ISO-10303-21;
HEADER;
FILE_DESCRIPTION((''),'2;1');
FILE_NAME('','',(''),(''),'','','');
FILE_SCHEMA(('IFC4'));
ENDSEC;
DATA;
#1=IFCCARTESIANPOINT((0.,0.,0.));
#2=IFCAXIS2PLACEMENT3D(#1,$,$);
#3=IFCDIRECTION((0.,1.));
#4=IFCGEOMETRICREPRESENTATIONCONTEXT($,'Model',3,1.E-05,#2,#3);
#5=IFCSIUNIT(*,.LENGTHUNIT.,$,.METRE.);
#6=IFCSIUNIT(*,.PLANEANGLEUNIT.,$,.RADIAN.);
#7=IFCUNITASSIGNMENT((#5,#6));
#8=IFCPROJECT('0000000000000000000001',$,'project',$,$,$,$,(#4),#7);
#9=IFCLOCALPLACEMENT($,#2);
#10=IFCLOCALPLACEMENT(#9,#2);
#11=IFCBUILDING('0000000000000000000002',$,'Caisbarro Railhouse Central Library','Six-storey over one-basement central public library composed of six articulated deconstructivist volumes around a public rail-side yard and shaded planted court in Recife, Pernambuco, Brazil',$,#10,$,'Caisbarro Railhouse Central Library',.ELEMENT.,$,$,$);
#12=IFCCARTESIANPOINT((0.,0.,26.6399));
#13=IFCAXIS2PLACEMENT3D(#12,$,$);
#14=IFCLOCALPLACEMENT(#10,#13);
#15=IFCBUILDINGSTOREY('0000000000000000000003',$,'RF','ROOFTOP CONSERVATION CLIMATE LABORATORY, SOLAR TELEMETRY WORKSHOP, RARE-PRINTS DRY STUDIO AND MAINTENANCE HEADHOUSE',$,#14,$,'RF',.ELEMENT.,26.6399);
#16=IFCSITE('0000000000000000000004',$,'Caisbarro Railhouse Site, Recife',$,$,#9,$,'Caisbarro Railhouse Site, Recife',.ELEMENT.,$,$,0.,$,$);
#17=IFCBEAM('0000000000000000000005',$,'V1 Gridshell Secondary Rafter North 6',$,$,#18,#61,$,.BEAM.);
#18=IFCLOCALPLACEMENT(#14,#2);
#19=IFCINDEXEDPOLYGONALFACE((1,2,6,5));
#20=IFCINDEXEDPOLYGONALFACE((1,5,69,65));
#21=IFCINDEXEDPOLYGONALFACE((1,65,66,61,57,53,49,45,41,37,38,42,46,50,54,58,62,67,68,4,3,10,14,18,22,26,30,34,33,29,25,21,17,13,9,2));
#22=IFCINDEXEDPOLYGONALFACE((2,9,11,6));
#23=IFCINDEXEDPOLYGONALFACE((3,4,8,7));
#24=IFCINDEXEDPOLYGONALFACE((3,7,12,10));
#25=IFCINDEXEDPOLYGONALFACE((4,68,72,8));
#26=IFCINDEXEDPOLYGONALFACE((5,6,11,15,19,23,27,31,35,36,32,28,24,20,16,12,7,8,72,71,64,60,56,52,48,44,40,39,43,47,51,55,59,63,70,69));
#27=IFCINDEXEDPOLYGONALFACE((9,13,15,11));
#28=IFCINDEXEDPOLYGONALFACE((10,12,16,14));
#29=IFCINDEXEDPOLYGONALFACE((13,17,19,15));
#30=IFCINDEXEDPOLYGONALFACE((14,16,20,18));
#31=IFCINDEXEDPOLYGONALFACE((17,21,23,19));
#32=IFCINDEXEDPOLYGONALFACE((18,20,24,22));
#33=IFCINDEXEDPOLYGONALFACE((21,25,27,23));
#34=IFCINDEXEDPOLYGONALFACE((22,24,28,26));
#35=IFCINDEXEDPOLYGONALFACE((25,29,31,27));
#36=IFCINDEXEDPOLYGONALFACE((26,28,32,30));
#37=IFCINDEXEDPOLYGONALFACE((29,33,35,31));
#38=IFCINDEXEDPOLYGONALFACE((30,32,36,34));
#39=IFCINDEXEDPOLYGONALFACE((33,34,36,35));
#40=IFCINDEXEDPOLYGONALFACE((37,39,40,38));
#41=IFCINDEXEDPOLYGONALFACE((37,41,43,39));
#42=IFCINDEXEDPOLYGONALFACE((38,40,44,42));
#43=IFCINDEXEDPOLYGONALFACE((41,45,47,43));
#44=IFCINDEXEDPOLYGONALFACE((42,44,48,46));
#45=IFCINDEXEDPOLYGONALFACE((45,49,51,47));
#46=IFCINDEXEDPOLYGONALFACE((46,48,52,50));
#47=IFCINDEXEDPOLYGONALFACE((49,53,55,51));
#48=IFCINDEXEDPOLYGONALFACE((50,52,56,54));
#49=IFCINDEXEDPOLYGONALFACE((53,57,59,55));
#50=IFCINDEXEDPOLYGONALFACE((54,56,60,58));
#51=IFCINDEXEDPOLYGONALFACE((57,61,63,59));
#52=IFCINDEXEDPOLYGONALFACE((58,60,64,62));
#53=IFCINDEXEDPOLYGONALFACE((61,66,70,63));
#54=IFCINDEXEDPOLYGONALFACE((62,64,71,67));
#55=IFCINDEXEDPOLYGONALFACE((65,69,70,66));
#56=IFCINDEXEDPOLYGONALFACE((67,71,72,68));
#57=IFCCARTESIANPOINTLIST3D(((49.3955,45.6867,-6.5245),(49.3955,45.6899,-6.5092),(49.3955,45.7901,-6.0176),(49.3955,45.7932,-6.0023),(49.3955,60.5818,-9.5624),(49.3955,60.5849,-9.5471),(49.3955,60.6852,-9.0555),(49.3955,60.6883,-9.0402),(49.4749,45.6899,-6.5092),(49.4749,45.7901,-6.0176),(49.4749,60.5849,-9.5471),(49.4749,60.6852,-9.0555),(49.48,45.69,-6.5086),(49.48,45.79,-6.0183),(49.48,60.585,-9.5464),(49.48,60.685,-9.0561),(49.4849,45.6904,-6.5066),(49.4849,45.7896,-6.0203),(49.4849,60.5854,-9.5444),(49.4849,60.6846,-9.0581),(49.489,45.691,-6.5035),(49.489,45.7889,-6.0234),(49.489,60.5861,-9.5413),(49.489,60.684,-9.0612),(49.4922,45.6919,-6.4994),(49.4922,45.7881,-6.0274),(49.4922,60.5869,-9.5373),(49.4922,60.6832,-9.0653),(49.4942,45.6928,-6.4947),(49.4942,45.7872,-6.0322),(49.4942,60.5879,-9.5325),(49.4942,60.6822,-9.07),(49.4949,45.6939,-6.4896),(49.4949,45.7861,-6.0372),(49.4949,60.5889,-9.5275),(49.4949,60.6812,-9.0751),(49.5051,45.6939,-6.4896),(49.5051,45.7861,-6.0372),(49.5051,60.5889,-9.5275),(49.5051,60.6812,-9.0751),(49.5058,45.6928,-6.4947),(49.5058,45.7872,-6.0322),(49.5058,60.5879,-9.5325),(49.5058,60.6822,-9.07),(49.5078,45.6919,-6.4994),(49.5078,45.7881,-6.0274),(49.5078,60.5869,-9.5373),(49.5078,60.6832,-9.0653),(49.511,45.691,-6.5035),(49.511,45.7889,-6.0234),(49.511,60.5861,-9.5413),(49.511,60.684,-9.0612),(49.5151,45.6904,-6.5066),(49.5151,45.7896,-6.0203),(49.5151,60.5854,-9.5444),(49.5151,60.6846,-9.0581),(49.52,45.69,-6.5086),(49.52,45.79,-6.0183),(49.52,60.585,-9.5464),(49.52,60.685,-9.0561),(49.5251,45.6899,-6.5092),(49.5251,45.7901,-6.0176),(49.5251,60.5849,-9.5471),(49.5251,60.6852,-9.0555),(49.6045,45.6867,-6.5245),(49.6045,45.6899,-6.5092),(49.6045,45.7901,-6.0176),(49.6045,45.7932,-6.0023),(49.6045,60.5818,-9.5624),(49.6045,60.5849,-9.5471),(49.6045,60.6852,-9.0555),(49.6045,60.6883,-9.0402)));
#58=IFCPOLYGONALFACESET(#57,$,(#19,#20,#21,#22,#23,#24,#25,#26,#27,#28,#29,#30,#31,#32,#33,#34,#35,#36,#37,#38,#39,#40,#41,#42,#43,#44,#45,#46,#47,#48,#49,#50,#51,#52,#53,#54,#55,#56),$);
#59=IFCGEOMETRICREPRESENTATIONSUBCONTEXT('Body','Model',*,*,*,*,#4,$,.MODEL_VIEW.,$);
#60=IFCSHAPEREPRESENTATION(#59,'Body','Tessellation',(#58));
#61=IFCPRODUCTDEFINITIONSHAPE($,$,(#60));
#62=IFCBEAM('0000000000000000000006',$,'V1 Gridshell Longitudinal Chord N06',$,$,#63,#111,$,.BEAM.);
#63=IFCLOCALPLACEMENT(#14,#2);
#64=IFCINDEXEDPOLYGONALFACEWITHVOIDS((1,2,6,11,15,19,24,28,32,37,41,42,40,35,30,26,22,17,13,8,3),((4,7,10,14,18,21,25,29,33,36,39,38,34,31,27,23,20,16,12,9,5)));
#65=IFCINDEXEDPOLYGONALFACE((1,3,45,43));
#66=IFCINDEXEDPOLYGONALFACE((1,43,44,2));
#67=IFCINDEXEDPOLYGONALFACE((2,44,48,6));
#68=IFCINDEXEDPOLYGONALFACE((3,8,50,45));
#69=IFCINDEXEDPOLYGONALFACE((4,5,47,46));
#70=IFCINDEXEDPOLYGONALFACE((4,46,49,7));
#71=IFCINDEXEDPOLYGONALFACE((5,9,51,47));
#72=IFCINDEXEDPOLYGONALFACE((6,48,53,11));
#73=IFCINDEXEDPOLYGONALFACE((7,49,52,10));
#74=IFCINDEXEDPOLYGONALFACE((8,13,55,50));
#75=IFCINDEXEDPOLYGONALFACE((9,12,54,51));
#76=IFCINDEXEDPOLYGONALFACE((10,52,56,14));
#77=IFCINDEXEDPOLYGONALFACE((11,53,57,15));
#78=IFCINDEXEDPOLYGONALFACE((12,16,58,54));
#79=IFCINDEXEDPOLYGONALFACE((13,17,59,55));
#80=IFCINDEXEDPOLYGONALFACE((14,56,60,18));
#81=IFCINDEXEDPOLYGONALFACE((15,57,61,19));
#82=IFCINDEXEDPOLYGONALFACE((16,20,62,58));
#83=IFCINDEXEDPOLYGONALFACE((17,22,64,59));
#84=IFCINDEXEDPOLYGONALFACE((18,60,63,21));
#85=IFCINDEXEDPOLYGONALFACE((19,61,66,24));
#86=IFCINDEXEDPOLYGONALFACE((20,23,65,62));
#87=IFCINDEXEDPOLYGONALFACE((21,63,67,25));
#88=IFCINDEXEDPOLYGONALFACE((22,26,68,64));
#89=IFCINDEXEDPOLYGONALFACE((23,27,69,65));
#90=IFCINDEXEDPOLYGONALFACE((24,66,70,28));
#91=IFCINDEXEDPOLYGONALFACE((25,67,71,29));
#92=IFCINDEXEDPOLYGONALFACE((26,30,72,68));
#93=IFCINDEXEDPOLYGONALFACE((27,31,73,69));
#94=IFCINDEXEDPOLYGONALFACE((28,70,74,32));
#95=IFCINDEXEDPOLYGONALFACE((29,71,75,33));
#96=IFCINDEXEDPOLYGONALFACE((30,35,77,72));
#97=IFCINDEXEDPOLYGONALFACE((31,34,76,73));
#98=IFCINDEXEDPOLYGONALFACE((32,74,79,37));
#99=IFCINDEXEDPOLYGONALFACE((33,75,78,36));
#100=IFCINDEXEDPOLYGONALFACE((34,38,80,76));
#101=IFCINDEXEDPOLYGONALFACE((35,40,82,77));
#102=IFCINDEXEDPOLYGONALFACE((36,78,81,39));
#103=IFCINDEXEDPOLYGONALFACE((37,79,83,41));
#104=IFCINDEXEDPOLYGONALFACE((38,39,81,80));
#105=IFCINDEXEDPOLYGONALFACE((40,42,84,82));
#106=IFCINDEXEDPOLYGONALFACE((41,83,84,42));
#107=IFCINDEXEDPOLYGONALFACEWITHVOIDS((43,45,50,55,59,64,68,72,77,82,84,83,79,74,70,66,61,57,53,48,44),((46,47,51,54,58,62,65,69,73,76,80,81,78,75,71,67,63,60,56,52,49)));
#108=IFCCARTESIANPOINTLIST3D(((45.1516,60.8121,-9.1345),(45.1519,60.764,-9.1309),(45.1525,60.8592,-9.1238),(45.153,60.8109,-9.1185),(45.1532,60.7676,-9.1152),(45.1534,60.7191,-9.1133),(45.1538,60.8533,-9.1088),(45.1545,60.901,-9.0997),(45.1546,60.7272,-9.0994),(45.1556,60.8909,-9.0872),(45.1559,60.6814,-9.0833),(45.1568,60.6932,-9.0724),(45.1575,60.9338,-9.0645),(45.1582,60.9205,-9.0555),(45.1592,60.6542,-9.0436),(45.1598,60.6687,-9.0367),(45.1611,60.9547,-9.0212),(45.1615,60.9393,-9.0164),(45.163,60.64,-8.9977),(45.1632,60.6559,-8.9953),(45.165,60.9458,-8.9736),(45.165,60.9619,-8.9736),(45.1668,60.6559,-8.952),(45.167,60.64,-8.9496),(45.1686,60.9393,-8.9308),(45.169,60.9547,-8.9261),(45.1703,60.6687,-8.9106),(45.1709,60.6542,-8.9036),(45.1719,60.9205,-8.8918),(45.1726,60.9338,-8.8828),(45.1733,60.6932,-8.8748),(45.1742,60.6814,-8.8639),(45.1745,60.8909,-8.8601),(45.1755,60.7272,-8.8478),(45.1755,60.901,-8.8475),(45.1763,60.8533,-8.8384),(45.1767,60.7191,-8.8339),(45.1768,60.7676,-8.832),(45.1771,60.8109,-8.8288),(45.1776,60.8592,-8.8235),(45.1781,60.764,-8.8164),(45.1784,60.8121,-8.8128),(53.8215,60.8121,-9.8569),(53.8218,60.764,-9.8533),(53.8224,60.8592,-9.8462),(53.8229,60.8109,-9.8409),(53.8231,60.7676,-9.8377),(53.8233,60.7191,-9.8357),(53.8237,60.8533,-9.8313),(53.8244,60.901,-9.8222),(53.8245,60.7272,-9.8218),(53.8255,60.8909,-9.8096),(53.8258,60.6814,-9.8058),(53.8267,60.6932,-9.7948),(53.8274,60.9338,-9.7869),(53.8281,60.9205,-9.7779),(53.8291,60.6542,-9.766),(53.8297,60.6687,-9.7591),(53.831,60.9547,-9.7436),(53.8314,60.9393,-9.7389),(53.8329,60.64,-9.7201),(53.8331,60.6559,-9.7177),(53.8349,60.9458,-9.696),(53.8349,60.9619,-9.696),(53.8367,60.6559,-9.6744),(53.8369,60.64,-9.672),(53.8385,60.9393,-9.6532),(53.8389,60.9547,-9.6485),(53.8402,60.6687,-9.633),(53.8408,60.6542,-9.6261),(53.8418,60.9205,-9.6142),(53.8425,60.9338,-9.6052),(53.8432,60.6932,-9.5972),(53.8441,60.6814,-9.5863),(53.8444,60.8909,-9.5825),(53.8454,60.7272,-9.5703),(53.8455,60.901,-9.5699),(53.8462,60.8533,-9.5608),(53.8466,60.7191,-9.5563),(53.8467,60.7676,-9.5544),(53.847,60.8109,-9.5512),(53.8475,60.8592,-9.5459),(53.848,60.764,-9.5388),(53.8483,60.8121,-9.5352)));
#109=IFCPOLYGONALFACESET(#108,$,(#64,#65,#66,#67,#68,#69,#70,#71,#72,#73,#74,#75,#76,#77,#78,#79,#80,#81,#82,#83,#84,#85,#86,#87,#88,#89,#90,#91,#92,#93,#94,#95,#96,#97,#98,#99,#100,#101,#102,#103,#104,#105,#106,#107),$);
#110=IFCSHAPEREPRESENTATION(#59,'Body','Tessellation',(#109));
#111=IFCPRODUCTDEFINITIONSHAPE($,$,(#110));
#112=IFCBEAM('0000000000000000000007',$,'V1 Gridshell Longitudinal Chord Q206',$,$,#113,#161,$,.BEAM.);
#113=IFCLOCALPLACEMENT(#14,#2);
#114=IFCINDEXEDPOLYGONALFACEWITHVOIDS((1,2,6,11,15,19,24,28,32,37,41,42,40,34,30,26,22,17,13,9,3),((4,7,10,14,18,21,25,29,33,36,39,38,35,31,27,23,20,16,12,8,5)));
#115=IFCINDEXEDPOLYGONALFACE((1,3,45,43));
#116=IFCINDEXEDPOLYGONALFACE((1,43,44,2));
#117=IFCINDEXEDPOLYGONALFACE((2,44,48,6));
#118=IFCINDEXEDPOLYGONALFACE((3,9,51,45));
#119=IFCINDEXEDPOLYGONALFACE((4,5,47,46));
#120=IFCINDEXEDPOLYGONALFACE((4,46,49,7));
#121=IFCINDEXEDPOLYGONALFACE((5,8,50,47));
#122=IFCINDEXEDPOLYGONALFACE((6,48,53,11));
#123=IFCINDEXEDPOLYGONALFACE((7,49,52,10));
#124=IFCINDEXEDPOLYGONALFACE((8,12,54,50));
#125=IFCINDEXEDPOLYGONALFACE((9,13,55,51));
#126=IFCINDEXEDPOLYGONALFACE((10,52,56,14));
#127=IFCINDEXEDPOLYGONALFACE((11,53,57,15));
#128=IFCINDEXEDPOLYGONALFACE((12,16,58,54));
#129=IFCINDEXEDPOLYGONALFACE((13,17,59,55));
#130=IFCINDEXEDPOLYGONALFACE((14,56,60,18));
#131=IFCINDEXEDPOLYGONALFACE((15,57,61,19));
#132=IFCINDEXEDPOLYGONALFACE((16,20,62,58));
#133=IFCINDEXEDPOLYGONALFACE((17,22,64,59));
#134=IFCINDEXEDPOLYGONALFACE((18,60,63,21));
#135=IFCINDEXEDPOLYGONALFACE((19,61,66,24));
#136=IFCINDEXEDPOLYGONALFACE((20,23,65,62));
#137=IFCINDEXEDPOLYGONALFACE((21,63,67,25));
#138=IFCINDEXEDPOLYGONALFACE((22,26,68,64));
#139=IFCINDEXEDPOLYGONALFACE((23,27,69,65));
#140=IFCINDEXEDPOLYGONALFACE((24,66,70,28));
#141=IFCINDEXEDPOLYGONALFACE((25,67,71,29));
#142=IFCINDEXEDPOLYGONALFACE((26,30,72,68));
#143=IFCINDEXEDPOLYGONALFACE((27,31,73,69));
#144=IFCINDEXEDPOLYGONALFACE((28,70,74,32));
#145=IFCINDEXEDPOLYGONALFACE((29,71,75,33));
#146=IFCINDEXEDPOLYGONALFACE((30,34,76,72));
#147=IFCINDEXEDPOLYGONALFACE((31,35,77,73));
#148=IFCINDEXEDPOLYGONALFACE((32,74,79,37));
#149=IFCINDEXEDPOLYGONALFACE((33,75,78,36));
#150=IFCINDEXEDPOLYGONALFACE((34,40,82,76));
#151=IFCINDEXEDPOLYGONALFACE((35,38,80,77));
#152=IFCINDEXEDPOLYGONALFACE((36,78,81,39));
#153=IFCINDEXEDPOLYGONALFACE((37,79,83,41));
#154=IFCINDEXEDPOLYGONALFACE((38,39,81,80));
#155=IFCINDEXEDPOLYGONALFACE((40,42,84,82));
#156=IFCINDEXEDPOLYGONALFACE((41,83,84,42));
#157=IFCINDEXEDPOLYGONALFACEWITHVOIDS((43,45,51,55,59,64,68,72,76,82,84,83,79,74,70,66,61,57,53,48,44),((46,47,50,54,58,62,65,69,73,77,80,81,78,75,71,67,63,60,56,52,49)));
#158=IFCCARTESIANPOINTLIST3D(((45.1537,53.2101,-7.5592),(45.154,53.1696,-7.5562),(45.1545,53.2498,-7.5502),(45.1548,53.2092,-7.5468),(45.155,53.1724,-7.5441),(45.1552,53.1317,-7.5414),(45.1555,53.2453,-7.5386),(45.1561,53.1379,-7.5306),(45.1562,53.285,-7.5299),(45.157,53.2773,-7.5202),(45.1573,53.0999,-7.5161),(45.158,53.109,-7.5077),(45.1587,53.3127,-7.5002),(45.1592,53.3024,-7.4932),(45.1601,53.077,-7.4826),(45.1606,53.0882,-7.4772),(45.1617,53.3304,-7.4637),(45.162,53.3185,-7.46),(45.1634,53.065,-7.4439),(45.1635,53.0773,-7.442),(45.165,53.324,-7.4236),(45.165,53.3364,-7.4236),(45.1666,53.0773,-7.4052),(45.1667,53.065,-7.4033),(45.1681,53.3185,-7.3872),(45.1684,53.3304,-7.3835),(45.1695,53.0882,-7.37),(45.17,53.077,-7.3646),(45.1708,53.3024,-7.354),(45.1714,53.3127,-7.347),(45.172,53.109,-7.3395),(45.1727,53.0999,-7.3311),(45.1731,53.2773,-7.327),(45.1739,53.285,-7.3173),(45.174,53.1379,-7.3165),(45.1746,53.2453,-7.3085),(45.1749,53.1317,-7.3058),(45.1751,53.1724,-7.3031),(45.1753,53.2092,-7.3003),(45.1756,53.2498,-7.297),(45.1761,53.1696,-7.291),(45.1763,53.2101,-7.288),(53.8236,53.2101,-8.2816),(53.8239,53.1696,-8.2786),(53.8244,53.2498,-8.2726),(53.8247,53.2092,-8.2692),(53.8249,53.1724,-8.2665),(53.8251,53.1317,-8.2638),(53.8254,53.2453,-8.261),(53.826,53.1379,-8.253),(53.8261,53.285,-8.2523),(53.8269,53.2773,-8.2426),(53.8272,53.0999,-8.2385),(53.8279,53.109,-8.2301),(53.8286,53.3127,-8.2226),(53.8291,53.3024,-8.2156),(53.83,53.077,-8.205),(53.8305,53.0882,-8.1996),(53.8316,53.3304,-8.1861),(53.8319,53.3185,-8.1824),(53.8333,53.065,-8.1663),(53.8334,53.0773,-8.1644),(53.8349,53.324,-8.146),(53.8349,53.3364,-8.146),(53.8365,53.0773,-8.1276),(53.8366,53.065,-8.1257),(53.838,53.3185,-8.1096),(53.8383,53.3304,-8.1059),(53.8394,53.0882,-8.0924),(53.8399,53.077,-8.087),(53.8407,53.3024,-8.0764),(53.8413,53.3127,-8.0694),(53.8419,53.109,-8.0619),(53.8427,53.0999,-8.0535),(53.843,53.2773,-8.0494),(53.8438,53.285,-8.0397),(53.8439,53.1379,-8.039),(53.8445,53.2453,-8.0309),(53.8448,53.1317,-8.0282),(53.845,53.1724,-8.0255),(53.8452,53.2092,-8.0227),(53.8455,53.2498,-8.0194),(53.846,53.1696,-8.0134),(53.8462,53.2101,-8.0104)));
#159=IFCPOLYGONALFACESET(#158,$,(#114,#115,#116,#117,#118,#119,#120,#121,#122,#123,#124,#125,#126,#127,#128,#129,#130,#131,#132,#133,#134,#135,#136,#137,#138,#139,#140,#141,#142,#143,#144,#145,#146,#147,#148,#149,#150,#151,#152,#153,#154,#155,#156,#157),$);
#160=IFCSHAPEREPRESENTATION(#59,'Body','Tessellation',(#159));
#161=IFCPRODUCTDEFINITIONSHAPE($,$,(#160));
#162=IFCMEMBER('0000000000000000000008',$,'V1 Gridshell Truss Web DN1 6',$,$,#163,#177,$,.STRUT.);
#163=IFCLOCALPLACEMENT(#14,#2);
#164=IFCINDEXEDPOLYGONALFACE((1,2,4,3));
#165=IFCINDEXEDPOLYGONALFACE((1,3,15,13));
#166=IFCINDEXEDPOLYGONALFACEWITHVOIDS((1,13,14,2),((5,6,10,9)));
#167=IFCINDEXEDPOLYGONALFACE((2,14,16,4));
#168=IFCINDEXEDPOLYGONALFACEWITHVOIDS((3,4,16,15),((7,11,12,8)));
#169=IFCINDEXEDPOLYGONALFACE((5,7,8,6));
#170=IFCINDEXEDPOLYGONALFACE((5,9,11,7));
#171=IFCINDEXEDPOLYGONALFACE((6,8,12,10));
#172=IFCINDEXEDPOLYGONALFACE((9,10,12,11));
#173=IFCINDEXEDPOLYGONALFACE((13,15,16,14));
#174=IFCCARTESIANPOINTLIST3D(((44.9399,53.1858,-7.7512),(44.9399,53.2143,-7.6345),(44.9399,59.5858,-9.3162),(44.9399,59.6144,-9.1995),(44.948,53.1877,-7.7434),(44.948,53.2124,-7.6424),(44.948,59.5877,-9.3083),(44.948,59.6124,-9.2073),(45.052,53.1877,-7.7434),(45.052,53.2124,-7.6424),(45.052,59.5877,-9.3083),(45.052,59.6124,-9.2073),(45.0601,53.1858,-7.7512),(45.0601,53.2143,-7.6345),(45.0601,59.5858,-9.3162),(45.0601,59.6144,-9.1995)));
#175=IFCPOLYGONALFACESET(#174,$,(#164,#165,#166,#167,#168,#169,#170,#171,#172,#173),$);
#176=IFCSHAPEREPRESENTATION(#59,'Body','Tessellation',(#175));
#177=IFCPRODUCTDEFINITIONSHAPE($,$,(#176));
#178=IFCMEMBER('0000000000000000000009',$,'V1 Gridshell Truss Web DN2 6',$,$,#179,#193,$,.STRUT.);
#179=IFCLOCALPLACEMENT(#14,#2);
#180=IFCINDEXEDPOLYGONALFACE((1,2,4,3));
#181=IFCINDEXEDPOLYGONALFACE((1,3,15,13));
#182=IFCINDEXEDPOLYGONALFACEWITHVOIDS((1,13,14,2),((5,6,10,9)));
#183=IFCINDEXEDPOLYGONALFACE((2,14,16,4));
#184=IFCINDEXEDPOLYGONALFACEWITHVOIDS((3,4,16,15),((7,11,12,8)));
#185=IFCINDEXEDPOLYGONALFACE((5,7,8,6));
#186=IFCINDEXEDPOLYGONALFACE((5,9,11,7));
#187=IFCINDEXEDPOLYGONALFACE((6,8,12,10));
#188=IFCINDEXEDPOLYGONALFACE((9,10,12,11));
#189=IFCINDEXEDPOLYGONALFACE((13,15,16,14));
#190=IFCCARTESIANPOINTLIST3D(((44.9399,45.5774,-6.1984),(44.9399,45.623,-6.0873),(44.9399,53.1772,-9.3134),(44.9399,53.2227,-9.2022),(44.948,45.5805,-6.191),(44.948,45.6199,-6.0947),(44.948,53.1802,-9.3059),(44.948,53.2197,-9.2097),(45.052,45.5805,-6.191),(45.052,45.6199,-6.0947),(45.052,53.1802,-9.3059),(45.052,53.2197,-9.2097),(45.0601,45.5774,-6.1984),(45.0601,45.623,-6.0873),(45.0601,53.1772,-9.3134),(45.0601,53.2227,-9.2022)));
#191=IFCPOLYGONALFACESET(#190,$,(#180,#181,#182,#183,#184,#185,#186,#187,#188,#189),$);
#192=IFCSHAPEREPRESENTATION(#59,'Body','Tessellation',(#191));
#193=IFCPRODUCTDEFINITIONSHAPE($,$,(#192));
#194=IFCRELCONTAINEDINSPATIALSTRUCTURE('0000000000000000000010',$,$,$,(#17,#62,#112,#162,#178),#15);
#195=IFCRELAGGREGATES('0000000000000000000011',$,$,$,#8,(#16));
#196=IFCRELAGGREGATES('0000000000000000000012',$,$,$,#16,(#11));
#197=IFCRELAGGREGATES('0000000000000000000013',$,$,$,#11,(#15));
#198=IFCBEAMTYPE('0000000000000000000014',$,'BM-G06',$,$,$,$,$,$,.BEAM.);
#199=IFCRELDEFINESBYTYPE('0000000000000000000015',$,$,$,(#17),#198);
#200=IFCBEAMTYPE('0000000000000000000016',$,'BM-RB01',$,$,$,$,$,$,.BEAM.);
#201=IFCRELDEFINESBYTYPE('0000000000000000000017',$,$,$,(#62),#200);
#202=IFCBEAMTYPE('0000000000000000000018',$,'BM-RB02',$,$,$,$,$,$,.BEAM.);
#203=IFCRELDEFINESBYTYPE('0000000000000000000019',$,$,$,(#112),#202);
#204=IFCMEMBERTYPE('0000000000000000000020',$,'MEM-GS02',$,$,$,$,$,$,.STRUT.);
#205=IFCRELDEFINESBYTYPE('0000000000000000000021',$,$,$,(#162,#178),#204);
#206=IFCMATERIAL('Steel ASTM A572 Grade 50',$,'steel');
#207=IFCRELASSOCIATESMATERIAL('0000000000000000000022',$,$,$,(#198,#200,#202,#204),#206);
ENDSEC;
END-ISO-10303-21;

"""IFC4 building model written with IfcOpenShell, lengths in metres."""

from ifc_helpers import new_model, si_unit, direction, frame, origin, origin_2d, place, context, subcontext, project, spatial, hollow_rectangle, hollow_circle, i_section, extrude, material, material_profile, profile_set, type_object, element, save


model = new_model("IFC4")

# Units and contexts
model_context = context("Model", 3, precision=1e-05, world=origin(), true_north=direction((0.0, 1.0)))
body_context = subcontext(model_context, "Body", "Model", "MODEL_VIEW")
ifc_project = project(units=[si_unit("LENGTHUNIT", "METRE"), si_unit("PLANEANGLEUNIT", "RADIAN")], contexts=[model_context])

# Site, building, storey
site_placement = place(None, origin())
site = spatial("IfcSite", under=ifc_project, at=site_placement, Name="Caisbarro Railhouse Site, Recife", LongName="Caisbarro Railhouse Site, Recife", CompositionType="ELEMENT", RefElevation=0.0)
building_placement = place(site_placement, origin())
building = spatial("IfcBuilding", under=site, at=building_placement, Name="Caisbarro Railhouse Central Library", Description="Six-storey over one-basement central public library composed of six articulated deconstructivist volumes around a public rail-side yard and shaded planted court in Recife, Pernambuco, Brazil", LongName="Caisbarro Railhouse Central Library", CompositionType="ELEMENT")
storey_placement = place(building_placement, frame((0.0, 0.0, 26.6399)))
storey = spatial("IfcBuildingStorey", under=building, at=storey_placement, Name="RF", Description="ROOFTOP CONSERVATION CLIMATE LABORATORY, SOLAR TELEMETRY WORKSHOP, RARE-PRINTS DRY STUDIO AND MAINTENANCE HEADHOUSE", LongName="RF", CompositionType="ELEMENT", Elevation=26.6399)

# Beams
ifc_material = material(Name="Steel ASTM A572 Grade 50", Category="steel")
ifc_material_profile_1 = material_profile(ifc_material, i_section(OverallWidth=0.209, OverallDepth=0.533, WebThickness=0.0103, FlangeThickness=0.0156, FilletRadius=0.02, at=origin_2d()), Name="W530X92.0")
ifc_profile_set_1 = profile_set([ifc_material_profile_1], Name="Steel ASTM A572 Grade 50")
beam_type_1 = type_object("IfcBeamType", Name="BM-G06", PredefinedType="BEAM", material=ifc_profile_set_1)
beam_1_placement = place(storey_placement, frame((49.5, 45.74, -6.2634), z_axis=(0.0, 0.979829, -0.199836), x_axis=(-1.0, 0.0, 0.0)))
element("IfcBeam", 1, at=beam_1_placement, inside=storey, type_object=beam_type_1, Name="V1 Gridshell Secondary Rafter North 6", PredefinedType="BEAM", context=body_context, shape_type="SweptSolid", body=[
    extrude(i_section(OverallWidth=0.209, OverallDepth=0.533, WebThickness=0.0103, FlangeThickness=0.0156, FilletRadius=0.02, at=origin_2d()), origin(), (0.0, 0.0, 1.0), 15.2017),
])
ifc_material_profile_2 = material_profile(ifc_material, hollow_circle(Radius=0.1619, WallThickness=0.0161, at=origin_2d()), Name="CHS323.9X16.0")
ifc_profile_set_2 = profile_set([ifc_material_profile_2], Name="Steel ASTM A572 Grade 50")
beam_type_2 = type_object("IfcBeamType", Name="BM-RB01", PredefinedType="BEAM", material=ifc_profile_set_2)
beam_2_placement = place(storey_placement, frame((45.165, 60.8, -8.9736), z_axis=(0.996547, 0.0, -0.083036), x_axis=(0.0, 1.0, 0.0)))
element("IfcBeam", 2, at=beam_2_placement, inside=storey, type_object=beam_type_2, Name="V1 Gridshell Longitudinal Chord N06", PredefinedType="BEAM", context=body_context, shape_type="SweptSolid", body=[
    extrude(hollow_circle(Radius=0.1619, WallThickness=0.0161, at=origin_2d()), origin(), (0.0, 0.0, 1.0), 8.7),
])
ifc_material_profile_3 = material_profile(ifc_material, hollow_circle(Radius=0.1365, WallThickness=0.0125, at=origin_2d()), Name="CHS273.0X12.5")
ifc_profile_set_3 = profile_set([ifc_material_profile_3], Name="Steel ASTM A572 Grade 50")
beam_type_3 = type_object("IfcBeamType", Name="BM-RB02", PredefinedType="BEAM", material=ifc_profile_set_3)
beam_3_placement = place(storey_placement, frame((45.165, 53.2, -7.4236), z_axis=(0.996547, 0.0, -0.083036), x_axis=(0.0, 1.0, 0.0)))
element("IfcBeam", 3, at=beam_3_placement, inside=storey, type_object=beam_type_3, Name="V1 Gridshell Longitudinal Chord Q206", PredefinedType="BEAM", context=body_context, shape_type="SweptSolid", body=[
    extrude(hollow_circle(Radius=0.1365, WallThickness=0.0125, at=origin_2d()), origin(), (0.0, 0.0, 1.0), 8.7),
])

# Members
ifc_material_profile_4 = material_profile(ifc_material, hollow_rectangle(XDim=0.1201, YDim=0.1201, WallThickness=0.0081, at=origin_2d()), Name="HSS120X120X8")
ifc_profile_set_4 = profile_set([ifc_material_profile_4], Name="Steel ASTM A572 Grade 50")
member_type = type_object("IfcMemberType", Name="MEM-GS02", PredefinedType="STRUT", material=ifc_profile_set_4)
member_1_placement = place(storey_placement, frame((45.0, 59.6001, -9.2578), z_axis=(0.0, -0.971383, 0.237519), x_axis=(1.0, 0.0, 0.0)))
element("IfcMember", 4, at=member_1_placement, inside=storey, type_object=member_type, Name="V1 Gridshell Truss Web DN1 6", PredefinedType="STRUT", context=body_context, shape_type="SweptSolid", body=[
    extrude(hollow_rectangle(XDim=0.1201, YDim=0.1201, WallThickness=0.0081, at=origin_2d()), origin(), (0.0, 0.0, 1.0), 6.5886),
])
member_2_placement = place(storey_placement, frame((45.0, 53.2, -9.2578), z_axis=(0.0, -0.925292, 0.379254), x_axis=(1.0, 0.0, 0.0)))
element("IfcMember", 5, at=member_2_placement, inside=storey, type_object=member_type, Name="V1 Gridshell Truss Web DN2 6", PredefinedType="STRUT", context=body_context, shape_type="SweptSolid", body=[
    extrude(hollow_rectangle(XDim=0.1201, YDim=0.1201, WallThickness=0.0081, at=origin_2d()), origin(), (0.0, 0.0, 1.0), 8.2134),
])

save(model, "model.ifc")
